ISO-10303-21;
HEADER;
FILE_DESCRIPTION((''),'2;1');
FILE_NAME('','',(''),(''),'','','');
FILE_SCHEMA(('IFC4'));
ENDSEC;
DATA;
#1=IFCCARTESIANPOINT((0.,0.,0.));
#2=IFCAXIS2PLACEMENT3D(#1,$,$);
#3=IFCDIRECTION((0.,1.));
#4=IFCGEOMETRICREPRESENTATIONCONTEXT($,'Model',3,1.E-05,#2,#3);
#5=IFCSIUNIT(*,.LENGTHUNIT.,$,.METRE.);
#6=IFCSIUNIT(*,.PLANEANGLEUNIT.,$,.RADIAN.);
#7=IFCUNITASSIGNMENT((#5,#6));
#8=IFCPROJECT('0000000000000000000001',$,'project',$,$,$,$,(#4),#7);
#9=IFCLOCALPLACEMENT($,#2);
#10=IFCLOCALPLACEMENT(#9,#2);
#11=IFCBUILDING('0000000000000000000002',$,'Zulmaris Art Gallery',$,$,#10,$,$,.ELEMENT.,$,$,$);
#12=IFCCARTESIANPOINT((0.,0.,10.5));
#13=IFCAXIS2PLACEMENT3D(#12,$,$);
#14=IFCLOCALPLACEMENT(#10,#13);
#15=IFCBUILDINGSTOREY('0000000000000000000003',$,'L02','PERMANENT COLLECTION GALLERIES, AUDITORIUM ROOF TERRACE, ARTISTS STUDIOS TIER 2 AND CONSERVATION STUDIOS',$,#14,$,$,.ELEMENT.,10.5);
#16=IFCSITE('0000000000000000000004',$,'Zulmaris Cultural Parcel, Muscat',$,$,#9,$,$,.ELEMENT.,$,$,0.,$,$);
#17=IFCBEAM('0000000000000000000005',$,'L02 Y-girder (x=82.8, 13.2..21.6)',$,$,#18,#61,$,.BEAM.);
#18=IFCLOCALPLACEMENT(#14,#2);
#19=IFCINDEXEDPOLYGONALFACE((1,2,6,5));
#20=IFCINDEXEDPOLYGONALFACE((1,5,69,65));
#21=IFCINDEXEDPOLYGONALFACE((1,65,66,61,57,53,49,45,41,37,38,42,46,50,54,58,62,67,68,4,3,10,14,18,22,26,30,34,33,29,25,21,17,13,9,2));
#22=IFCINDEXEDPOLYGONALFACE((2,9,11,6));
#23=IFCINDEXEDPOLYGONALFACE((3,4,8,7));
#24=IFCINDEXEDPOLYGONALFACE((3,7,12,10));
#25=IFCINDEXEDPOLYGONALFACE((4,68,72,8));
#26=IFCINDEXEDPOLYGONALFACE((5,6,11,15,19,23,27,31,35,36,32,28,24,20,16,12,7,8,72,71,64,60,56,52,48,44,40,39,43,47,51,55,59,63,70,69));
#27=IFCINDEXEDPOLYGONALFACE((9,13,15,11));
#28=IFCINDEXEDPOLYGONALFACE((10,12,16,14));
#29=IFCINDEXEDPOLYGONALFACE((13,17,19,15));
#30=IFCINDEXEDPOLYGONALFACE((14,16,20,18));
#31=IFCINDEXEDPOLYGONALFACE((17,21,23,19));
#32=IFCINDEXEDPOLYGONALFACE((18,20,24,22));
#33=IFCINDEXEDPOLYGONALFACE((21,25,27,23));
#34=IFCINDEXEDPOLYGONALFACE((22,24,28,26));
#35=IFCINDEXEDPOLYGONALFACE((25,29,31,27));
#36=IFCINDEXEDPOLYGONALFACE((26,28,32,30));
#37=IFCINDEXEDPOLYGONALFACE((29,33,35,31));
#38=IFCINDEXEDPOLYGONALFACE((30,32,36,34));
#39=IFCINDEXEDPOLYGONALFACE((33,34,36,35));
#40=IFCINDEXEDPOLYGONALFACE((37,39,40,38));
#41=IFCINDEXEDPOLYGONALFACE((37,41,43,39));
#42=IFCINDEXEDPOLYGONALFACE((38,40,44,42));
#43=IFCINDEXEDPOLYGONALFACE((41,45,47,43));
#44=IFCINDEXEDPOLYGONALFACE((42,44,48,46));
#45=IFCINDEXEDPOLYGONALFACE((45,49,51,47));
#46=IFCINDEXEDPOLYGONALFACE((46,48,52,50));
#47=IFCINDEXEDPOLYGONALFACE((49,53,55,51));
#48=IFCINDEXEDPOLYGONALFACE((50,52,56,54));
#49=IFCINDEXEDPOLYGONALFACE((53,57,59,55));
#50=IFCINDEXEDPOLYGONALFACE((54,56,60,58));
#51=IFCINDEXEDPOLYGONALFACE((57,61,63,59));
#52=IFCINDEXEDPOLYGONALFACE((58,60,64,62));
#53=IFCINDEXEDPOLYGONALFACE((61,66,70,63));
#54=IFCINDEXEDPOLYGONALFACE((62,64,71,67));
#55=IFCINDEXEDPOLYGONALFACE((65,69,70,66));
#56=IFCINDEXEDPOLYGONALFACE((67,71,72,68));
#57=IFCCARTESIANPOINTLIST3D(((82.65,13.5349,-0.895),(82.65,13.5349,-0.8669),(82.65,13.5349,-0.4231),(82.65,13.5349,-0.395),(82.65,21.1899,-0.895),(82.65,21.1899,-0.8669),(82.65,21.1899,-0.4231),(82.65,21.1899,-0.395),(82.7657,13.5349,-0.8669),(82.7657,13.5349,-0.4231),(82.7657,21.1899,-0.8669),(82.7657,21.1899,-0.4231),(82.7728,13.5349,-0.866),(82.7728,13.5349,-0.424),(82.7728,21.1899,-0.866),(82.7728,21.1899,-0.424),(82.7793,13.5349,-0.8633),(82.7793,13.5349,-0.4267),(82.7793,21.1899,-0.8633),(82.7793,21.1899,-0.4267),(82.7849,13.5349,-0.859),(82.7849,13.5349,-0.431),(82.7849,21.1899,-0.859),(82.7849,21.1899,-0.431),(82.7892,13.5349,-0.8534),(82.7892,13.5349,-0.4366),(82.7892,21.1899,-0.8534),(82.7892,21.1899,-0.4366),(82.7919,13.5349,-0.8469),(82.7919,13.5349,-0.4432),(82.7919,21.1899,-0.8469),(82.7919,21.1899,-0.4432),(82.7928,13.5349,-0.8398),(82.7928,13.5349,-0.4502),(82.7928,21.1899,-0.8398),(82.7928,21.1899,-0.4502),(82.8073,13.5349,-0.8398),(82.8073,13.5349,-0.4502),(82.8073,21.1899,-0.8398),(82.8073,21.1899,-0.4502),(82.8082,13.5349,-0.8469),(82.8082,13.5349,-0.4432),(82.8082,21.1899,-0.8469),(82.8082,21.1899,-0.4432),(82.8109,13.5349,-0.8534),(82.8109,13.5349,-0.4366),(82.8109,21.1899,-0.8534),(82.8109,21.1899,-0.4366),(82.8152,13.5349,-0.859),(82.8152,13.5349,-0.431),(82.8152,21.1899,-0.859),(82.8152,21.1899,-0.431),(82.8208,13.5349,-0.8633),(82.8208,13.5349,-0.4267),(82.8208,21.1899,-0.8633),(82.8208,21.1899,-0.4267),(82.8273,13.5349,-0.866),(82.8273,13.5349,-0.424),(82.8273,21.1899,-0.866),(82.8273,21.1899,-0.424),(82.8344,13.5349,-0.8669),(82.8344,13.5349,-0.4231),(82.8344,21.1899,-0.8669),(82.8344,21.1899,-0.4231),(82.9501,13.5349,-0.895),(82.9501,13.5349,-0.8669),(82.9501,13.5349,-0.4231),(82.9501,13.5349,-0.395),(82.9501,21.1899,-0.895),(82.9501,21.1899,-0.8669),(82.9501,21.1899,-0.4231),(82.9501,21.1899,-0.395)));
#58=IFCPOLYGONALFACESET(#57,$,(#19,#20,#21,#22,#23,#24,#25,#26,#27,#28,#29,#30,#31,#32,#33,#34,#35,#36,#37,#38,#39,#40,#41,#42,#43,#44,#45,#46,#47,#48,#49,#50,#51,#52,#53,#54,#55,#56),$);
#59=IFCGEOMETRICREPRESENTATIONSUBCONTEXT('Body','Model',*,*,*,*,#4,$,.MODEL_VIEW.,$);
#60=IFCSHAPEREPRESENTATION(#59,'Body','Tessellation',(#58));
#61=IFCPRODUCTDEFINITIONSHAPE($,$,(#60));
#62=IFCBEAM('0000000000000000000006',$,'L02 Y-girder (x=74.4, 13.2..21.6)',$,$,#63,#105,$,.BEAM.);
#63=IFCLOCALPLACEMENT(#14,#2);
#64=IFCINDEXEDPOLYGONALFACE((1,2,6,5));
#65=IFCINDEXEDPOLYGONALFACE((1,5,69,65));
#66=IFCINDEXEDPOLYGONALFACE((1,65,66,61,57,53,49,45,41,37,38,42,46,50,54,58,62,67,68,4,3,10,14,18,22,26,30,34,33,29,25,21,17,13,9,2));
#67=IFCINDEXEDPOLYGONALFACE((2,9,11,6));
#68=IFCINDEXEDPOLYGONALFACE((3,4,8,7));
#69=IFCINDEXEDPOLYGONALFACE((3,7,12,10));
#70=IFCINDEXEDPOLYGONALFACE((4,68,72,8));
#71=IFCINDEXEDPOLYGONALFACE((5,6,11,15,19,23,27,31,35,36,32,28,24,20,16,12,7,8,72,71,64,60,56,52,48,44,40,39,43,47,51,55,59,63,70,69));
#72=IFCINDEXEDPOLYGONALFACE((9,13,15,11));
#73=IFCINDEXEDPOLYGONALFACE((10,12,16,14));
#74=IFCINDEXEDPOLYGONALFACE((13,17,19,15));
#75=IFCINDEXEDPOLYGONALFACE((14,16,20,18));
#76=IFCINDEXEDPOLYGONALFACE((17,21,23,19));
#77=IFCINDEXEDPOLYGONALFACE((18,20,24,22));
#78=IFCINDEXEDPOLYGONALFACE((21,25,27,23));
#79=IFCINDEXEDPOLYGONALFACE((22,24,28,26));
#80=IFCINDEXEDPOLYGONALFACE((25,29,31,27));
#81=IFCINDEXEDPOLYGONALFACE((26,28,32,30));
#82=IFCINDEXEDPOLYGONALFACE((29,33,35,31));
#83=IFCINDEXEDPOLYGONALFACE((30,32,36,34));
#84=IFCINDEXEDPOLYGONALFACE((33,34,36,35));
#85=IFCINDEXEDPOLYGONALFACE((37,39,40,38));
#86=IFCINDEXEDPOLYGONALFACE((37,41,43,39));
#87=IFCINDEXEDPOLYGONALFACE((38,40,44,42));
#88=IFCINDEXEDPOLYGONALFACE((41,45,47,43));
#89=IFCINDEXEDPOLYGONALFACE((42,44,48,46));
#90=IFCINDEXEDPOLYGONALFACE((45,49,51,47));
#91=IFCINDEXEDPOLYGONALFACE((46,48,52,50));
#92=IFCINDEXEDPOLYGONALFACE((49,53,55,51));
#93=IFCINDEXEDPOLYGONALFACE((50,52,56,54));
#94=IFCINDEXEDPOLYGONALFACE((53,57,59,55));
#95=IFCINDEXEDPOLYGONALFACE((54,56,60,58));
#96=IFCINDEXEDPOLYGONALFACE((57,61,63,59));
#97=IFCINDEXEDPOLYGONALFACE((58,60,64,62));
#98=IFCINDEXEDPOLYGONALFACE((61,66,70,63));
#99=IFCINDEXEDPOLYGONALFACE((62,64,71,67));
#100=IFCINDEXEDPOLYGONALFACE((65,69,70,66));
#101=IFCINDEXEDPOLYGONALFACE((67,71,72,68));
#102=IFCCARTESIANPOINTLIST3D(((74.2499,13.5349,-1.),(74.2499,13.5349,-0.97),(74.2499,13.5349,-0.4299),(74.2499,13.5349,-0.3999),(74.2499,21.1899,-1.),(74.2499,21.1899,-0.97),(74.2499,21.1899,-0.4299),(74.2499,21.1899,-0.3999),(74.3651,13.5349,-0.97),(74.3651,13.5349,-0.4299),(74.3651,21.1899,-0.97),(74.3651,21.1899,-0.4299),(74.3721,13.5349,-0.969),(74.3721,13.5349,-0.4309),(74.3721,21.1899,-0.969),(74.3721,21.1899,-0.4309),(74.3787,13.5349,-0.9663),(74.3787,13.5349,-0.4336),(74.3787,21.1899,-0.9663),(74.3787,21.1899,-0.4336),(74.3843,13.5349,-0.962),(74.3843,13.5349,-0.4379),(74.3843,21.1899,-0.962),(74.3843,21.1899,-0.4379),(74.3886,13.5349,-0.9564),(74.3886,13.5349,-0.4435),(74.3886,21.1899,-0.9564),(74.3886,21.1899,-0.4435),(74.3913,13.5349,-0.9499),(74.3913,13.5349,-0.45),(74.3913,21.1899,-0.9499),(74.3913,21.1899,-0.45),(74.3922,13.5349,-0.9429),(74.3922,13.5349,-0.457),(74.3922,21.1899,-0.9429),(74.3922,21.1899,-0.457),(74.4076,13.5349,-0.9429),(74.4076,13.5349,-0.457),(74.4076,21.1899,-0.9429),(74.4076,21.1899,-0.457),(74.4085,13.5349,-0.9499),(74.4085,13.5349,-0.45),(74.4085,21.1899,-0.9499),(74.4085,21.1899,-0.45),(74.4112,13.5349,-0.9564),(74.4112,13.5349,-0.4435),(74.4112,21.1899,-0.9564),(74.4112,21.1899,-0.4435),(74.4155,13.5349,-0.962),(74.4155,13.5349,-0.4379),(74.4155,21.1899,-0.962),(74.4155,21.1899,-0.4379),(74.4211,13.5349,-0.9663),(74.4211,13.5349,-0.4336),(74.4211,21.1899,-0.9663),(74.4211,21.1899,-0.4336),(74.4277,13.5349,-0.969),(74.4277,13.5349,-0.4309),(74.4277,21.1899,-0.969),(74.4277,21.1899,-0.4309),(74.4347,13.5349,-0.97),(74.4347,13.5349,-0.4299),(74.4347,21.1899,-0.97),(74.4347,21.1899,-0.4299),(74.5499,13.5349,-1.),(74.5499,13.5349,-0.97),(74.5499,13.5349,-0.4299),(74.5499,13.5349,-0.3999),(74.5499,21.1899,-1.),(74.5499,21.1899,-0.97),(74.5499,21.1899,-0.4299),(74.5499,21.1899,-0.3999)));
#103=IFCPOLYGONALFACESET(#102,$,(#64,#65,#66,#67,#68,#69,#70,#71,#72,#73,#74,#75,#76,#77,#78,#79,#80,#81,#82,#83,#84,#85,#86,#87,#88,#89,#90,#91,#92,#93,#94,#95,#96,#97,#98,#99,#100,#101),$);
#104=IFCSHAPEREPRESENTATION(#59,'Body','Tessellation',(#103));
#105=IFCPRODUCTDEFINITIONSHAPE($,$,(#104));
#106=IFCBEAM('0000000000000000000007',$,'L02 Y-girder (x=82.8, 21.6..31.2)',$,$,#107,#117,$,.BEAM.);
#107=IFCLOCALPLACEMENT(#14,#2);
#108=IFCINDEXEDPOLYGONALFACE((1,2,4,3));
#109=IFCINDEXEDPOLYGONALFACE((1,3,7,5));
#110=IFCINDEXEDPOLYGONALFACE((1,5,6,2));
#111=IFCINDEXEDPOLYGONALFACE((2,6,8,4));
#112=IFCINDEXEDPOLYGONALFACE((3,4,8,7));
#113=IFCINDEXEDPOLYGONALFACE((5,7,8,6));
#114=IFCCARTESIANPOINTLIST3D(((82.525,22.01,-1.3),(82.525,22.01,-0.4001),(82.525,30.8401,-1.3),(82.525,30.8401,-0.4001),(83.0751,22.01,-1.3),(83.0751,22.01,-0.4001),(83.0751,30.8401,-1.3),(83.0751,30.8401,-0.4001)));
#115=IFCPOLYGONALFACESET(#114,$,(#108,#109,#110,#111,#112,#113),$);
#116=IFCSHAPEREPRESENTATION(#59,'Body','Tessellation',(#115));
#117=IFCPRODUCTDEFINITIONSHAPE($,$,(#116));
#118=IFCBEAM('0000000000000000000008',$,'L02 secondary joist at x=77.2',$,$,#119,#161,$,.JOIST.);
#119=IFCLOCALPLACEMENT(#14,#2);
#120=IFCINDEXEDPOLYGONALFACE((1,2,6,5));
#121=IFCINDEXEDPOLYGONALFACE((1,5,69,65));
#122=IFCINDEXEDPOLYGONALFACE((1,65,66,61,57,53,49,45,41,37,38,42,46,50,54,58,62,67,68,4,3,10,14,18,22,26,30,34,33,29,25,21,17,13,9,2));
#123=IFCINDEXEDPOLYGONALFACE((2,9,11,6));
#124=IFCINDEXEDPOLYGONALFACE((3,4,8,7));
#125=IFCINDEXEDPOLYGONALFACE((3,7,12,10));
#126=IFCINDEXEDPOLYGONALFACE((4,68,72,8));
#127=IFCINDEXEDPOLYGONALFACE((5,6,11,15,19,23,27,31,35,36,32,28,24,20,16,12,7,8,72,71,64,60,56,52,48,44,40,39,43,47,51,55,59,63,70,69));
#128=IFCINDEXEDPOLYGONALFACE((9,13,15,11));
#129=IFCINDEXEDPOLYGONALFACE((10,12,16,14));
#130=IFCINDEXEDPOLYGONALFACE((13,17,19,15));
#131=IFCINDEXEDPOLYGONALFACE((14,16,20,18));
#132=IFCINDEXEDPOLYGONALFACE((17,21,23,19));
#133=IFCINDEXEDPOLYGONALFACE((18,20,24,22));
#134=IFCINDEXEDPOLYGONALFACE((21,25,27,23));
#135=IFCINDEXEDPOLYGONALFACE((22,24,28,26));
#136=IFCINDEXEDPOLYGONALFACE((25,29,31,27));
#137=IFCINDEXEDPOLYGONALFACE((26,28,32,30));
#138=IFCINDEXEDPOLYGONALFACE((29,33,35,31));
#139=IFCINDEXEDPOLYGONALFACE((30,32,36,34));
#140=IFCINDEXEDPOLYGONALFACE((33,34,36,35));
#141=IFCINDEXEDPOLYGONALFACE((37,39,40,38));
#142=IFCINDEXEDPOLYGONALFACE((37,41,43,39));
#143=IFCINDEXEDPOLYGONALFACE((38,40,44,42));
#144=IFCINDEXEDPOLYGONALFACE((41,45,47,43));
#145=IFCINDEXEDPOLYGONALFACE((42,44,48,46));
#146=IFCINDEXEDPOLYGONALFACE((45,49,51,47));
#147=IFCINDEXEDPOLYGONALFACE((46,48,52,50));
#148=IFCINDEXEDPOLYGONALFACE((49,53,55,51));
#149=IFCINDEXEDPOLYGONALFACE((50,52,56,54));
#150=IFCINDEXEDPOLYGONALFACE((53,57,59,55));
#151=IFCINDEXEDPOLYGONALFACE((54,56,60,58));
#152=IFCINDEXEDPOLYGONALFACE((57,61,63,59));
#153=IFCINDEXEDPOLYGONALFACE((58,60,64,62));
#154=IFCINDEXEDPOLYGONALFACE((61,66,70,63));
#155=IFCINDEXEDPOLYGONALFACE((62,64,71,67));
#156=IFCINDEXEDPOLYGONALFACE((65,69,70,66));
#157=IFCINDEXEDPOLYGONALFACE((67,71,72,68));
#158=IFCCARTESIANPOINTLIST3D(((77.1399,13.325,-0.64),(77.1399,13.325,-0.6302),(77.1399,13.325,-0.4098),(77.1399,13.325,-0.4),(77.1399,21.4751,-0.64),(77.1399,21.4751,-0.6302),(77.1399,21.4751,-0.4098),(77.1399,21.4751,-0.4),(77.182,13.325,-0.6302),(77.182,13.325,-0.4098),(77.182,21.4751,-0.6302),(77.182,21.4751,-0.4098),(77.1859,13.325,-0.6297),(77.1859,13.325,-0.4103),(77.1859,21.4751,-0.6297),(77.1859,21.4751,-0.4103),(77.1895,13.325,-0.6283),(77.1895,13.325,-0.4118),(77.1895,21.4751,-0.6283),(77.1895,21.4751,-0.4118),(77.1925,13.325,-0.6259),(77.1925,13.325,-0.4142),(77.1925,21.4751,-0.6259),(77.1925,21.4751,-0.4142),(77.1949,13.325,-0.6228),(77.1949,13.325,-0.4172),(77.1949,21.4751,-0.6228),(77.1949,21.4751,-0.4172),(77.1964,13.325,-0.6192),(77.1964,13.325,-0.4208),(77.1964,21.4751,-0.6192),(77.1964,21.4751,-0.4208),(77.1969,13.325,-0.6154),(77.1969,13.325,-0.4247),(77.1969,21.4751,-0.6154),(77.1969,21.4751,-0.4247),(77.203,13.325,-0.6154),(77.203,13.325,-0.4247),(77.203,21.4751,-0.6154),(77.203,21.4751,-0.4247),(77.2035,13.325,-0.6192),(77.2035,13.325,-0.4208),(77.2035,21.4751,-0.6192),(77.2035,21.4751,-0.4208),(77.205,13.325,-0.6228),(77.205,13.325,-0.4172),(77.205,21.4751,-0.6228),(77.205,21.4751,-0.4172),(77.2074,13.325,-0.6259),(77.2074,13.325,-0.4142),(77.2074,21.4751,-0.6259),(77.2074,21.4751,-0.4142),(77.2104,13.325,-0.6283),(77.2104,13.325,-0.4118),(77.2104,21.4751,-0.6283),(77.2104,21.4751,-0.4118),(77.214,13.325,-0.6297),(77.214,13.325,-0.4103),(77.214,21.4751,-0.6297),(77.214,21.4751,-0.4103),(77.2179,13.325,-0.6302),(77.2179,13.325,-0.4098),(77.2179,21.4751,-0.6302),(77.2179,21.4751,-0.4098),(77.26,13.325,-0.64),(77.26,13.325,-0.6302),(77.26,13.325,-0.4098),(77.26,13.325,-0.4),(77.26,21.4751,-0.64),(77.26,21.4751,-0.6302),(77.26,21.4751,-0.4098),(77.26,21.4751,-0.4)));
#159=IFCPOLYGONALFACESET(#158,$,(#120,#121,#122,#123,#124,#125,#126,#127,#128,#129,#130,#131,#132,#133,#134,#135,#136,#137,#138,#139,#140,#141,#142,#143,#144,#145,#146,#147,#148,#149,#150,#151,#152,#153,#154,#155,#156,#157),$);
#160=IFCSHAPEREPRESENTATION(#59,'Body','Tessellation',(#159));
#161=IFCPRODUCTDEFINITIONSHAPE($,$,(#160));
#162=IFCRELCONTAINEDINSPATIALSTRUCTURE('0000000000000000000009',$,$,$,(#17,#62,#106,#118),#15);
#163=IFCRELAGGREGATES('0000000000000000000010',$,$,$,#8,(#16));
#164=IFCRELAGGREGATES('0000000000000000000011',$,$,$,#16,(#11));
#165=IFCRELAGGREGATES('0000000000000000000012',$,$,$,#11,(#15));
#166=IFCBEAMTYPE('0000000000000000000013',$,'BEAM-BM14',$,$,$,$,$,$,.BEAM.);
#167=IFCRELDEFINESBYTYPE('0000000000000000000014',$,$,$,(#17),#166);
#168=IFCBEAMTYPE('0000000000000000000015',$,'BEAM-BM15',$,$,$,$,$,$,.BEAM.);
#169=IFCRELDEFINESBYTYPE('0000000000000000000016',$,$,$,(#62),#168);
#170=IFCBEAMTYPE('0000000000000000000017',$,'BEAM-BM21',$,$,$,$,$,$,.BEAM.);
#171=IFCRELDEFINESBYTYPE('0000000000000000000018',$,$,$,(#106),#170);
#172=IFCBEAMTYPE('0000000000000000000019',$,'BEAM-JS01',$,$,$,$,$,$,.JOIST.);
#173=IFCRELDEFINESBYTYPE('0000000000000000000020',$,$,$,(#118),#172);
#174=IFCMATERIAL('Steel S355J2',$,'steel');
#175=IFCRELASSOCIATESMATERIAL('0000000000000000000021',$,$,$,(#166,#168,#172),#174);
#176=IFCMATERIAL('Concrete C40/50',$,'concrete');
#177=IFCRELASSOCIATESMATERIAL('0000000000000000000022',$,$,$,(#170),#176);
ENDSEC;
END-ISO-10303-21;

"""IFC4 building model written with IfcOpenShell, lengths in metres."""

from ifc_helpers import new_model, si_unit, direction, frame, origin, origin_2d, place, context, subcontext, project, spatial, rectangle, i_section, extrude, material, material_profile, profile_set, type_object, element, save


model = new_model("IFC4")

# Units and contexts
model_context = context("Model", 3, precision=1e-05, world=origin(), true_north=direction((0.0, 1.0)))
body_context = subcontext(model_context, "Body", "Model", "MODEL_VIEW")
ifc_project = project(units=[si_unit("LENGTHUNIT", "METRE"), si_unit("PLANEANGLEUNIT", "RADIAN")], contexts=[model_context])

# Site, building, storey
site_placement = place(None, origin())
site = spatial("IfcSite", under=ifc_project, at=site_placement, Name="Zulmaris Cultural Parcel, Muscat", CompositionType="ELEMENT", RefElevation=0.0)
building_placement = place(site_placement, origin())
building = spatial("IfcBuilding", under=site, at=building_placement, Name="Zulmaris Art Gallery", CompositionType="ELEMENT")
storey_placement = place(building_placement, frame((0.0, 0.0, 10.5)))
storey = spatial("IfcBuildingStorey", under=building, at=storey_placement, Name="L02", Description="PERMANENT COLLECTION GALLERIES, AUDITORIUM ROOF TERRACE, ARTISTS STUDIOS TIER 2 AND CONSERVATION STUDIOS", CompositionType="ELEMENT", Elevation=10.5)

# Shared definitions
ifc_material_1 = material(Name="Concrete C40/50", Category="concrete")

# Beams
ifc_material_2 = material(Name="Steel S355J2", Category="steel")
ifc_material_profile_1 = material_profile(ifc_material_2, i_section(OverallWidth=0.3, OverallDepth=0.5, WebThickness=0.0144, FlangeThickness=0.0281, FilletRadius=0.0271, at=origin_2d()), Name="HEB 500")
ifc_profile_set_1 = profile_set([ifc_material_profile_1], Name="Steel S355J2")
beam_type_1 = type_object("IfcBeamType", Name="BEAM-BM14", PredefinedType="BEAM", material=ifc_profile_set_1)
beam_1_placement = place(storey_placement, frame((82.8, 13.5349, -0.645), z_axis=(0.0, 1.0, 0.0), x_axis=(-1.0, 0.0, 0.0)))
element("IfcBeam", 1, at=beam_1_placement, inside=storey, type_object=beam_type_1, Name="L02 Y-girder (x=82.8, 13.2..21.6)", PredefinedType="BEAM", context=body_context, shape_type="SweptSolid", body=[
    extrude(i_section(OverallWidth=0.3, OverallDepth=0.5, WebThickness=0.0144, FlangeThickness=0.0281, FilletRadius=0.0271, at=origin_2d()), origin(), (0.0, 0.0, 1.0), 7.655),
])
ifc_material_profile_2 = material_profile(ifc_material_2, i_section(OverallWidth=0.3, OverallDepth=0.6001, WebThickness=0.0154, FlangeThickness=0.03, FilletRadius=0.0271, at=origin_2d()), Name="HEB 600")
ifc_profile_set_2 = profile_set([ifc_material_profile_2], Name="Steel S355J2")
beam_type_2 = type_object("IfcBeamType", Name="BEAM-BM15", PredefinedType="BEAM", material=ifc_profile_set_2)
beam_2_placement = place(storey_placement, frame((74.3999, 13.5349, -0.7), z_axis=(0.0, 1.0, 0.0), x_axis=(-1.0, 0.0, 0.0)))
element("IfcBeam", 2, at=beam_2_placement, inside=storey, type_object=beam_type_2, Name="L02 Y-girder (x=74.4, 13.2..21.6)", PredefinedType="BEAM", context=body_context, shape_type="SweptSolid", body=[
    extrude(i_section(OverallWidth=0.3, OverallDepth=0.6001, WebThickness=0.0154, FlangeThickness=0.03, FilletRadius=0.0271, at=origin_2d()), origin(), (0.0, 0.0, 1.0), 7.655),
])
ifc_material_profile_3 = material_profile(ifc_material_1, rectangle(XDim=0.55, YDim=0.8999, at=origin_2d()), Name="RC 550x900")
ifc_profile_set_3 = profile_set([ifc_material_profile_3], Name="Concrete C40/50")
beam_type_3 = type_object("IfcBeamType", Name="BEAM-BM21", PredefinedType="BEAM", material=ifc_profile_set_3)
beam_3_placement = place(storey_placement, frame((82.8, 22.01, -0.8501), z_axis=(0.0, 1.0, 0.0), x_axis=(-1.0, 0.0, 0.0)))
element("IfcBeam", 3, at=beam_3_placement, inside=storey, type_object=beam_type_3, Name="L02 Y-girder (x=82.8, 21.6..31.2)", PredefinedType="BEAM", context=body_context, shape_type="SweptSolid", body=[
    extrude(rectangle(XDim=0.55, YDim=0.8999, at=origin_2d()), origin(), (0.0, 0.0, 1.0), 8.8301),
])
ifc_material_profile_4 = material_profile(ifc_material_2, i_section(OverallWidth=0.1201, OverallDepth=0.24, WebThickness=0.0061, FlangeThickness=0.0098, FilletRadius=0.0149, at=origin_2d()), Name="IPE 240")
ifc_profile_set_4 = profile_set([ifc_material_profile_4], Name="Steel S355J2")
beam_type_4 = type_object("IfcBeamType", Name="BEAM-JS01", PredefinedType="JOIST", material=ifc_profile_set_4)
beam_4_placement = place(storey_placement, frame((77.2, 13.325, -0.52), z_axis=(0.0, 1.0, 0.0), x_axis=(-1.0, 0.0, 0.0)))
element("IfcBeam", 4, at=beam_4_placement, inside=storey, type_object=beam_type_4, Name="L02 secondary joist at x=77.2", PredefinedType="JOIST", context=body_context, shape_type="SweptSolid", body=[
    extrude(i_section(OverallWidth=0.1201, OverallDepth=0.24, WebThickness=0.0061, FlangeThickness=0.0098, FilletRadius=0.0149, at=origin_2d()), origin(), (0.0, 0.0, 1.0), 8.1501),
])

save(model, "model.ifc")
